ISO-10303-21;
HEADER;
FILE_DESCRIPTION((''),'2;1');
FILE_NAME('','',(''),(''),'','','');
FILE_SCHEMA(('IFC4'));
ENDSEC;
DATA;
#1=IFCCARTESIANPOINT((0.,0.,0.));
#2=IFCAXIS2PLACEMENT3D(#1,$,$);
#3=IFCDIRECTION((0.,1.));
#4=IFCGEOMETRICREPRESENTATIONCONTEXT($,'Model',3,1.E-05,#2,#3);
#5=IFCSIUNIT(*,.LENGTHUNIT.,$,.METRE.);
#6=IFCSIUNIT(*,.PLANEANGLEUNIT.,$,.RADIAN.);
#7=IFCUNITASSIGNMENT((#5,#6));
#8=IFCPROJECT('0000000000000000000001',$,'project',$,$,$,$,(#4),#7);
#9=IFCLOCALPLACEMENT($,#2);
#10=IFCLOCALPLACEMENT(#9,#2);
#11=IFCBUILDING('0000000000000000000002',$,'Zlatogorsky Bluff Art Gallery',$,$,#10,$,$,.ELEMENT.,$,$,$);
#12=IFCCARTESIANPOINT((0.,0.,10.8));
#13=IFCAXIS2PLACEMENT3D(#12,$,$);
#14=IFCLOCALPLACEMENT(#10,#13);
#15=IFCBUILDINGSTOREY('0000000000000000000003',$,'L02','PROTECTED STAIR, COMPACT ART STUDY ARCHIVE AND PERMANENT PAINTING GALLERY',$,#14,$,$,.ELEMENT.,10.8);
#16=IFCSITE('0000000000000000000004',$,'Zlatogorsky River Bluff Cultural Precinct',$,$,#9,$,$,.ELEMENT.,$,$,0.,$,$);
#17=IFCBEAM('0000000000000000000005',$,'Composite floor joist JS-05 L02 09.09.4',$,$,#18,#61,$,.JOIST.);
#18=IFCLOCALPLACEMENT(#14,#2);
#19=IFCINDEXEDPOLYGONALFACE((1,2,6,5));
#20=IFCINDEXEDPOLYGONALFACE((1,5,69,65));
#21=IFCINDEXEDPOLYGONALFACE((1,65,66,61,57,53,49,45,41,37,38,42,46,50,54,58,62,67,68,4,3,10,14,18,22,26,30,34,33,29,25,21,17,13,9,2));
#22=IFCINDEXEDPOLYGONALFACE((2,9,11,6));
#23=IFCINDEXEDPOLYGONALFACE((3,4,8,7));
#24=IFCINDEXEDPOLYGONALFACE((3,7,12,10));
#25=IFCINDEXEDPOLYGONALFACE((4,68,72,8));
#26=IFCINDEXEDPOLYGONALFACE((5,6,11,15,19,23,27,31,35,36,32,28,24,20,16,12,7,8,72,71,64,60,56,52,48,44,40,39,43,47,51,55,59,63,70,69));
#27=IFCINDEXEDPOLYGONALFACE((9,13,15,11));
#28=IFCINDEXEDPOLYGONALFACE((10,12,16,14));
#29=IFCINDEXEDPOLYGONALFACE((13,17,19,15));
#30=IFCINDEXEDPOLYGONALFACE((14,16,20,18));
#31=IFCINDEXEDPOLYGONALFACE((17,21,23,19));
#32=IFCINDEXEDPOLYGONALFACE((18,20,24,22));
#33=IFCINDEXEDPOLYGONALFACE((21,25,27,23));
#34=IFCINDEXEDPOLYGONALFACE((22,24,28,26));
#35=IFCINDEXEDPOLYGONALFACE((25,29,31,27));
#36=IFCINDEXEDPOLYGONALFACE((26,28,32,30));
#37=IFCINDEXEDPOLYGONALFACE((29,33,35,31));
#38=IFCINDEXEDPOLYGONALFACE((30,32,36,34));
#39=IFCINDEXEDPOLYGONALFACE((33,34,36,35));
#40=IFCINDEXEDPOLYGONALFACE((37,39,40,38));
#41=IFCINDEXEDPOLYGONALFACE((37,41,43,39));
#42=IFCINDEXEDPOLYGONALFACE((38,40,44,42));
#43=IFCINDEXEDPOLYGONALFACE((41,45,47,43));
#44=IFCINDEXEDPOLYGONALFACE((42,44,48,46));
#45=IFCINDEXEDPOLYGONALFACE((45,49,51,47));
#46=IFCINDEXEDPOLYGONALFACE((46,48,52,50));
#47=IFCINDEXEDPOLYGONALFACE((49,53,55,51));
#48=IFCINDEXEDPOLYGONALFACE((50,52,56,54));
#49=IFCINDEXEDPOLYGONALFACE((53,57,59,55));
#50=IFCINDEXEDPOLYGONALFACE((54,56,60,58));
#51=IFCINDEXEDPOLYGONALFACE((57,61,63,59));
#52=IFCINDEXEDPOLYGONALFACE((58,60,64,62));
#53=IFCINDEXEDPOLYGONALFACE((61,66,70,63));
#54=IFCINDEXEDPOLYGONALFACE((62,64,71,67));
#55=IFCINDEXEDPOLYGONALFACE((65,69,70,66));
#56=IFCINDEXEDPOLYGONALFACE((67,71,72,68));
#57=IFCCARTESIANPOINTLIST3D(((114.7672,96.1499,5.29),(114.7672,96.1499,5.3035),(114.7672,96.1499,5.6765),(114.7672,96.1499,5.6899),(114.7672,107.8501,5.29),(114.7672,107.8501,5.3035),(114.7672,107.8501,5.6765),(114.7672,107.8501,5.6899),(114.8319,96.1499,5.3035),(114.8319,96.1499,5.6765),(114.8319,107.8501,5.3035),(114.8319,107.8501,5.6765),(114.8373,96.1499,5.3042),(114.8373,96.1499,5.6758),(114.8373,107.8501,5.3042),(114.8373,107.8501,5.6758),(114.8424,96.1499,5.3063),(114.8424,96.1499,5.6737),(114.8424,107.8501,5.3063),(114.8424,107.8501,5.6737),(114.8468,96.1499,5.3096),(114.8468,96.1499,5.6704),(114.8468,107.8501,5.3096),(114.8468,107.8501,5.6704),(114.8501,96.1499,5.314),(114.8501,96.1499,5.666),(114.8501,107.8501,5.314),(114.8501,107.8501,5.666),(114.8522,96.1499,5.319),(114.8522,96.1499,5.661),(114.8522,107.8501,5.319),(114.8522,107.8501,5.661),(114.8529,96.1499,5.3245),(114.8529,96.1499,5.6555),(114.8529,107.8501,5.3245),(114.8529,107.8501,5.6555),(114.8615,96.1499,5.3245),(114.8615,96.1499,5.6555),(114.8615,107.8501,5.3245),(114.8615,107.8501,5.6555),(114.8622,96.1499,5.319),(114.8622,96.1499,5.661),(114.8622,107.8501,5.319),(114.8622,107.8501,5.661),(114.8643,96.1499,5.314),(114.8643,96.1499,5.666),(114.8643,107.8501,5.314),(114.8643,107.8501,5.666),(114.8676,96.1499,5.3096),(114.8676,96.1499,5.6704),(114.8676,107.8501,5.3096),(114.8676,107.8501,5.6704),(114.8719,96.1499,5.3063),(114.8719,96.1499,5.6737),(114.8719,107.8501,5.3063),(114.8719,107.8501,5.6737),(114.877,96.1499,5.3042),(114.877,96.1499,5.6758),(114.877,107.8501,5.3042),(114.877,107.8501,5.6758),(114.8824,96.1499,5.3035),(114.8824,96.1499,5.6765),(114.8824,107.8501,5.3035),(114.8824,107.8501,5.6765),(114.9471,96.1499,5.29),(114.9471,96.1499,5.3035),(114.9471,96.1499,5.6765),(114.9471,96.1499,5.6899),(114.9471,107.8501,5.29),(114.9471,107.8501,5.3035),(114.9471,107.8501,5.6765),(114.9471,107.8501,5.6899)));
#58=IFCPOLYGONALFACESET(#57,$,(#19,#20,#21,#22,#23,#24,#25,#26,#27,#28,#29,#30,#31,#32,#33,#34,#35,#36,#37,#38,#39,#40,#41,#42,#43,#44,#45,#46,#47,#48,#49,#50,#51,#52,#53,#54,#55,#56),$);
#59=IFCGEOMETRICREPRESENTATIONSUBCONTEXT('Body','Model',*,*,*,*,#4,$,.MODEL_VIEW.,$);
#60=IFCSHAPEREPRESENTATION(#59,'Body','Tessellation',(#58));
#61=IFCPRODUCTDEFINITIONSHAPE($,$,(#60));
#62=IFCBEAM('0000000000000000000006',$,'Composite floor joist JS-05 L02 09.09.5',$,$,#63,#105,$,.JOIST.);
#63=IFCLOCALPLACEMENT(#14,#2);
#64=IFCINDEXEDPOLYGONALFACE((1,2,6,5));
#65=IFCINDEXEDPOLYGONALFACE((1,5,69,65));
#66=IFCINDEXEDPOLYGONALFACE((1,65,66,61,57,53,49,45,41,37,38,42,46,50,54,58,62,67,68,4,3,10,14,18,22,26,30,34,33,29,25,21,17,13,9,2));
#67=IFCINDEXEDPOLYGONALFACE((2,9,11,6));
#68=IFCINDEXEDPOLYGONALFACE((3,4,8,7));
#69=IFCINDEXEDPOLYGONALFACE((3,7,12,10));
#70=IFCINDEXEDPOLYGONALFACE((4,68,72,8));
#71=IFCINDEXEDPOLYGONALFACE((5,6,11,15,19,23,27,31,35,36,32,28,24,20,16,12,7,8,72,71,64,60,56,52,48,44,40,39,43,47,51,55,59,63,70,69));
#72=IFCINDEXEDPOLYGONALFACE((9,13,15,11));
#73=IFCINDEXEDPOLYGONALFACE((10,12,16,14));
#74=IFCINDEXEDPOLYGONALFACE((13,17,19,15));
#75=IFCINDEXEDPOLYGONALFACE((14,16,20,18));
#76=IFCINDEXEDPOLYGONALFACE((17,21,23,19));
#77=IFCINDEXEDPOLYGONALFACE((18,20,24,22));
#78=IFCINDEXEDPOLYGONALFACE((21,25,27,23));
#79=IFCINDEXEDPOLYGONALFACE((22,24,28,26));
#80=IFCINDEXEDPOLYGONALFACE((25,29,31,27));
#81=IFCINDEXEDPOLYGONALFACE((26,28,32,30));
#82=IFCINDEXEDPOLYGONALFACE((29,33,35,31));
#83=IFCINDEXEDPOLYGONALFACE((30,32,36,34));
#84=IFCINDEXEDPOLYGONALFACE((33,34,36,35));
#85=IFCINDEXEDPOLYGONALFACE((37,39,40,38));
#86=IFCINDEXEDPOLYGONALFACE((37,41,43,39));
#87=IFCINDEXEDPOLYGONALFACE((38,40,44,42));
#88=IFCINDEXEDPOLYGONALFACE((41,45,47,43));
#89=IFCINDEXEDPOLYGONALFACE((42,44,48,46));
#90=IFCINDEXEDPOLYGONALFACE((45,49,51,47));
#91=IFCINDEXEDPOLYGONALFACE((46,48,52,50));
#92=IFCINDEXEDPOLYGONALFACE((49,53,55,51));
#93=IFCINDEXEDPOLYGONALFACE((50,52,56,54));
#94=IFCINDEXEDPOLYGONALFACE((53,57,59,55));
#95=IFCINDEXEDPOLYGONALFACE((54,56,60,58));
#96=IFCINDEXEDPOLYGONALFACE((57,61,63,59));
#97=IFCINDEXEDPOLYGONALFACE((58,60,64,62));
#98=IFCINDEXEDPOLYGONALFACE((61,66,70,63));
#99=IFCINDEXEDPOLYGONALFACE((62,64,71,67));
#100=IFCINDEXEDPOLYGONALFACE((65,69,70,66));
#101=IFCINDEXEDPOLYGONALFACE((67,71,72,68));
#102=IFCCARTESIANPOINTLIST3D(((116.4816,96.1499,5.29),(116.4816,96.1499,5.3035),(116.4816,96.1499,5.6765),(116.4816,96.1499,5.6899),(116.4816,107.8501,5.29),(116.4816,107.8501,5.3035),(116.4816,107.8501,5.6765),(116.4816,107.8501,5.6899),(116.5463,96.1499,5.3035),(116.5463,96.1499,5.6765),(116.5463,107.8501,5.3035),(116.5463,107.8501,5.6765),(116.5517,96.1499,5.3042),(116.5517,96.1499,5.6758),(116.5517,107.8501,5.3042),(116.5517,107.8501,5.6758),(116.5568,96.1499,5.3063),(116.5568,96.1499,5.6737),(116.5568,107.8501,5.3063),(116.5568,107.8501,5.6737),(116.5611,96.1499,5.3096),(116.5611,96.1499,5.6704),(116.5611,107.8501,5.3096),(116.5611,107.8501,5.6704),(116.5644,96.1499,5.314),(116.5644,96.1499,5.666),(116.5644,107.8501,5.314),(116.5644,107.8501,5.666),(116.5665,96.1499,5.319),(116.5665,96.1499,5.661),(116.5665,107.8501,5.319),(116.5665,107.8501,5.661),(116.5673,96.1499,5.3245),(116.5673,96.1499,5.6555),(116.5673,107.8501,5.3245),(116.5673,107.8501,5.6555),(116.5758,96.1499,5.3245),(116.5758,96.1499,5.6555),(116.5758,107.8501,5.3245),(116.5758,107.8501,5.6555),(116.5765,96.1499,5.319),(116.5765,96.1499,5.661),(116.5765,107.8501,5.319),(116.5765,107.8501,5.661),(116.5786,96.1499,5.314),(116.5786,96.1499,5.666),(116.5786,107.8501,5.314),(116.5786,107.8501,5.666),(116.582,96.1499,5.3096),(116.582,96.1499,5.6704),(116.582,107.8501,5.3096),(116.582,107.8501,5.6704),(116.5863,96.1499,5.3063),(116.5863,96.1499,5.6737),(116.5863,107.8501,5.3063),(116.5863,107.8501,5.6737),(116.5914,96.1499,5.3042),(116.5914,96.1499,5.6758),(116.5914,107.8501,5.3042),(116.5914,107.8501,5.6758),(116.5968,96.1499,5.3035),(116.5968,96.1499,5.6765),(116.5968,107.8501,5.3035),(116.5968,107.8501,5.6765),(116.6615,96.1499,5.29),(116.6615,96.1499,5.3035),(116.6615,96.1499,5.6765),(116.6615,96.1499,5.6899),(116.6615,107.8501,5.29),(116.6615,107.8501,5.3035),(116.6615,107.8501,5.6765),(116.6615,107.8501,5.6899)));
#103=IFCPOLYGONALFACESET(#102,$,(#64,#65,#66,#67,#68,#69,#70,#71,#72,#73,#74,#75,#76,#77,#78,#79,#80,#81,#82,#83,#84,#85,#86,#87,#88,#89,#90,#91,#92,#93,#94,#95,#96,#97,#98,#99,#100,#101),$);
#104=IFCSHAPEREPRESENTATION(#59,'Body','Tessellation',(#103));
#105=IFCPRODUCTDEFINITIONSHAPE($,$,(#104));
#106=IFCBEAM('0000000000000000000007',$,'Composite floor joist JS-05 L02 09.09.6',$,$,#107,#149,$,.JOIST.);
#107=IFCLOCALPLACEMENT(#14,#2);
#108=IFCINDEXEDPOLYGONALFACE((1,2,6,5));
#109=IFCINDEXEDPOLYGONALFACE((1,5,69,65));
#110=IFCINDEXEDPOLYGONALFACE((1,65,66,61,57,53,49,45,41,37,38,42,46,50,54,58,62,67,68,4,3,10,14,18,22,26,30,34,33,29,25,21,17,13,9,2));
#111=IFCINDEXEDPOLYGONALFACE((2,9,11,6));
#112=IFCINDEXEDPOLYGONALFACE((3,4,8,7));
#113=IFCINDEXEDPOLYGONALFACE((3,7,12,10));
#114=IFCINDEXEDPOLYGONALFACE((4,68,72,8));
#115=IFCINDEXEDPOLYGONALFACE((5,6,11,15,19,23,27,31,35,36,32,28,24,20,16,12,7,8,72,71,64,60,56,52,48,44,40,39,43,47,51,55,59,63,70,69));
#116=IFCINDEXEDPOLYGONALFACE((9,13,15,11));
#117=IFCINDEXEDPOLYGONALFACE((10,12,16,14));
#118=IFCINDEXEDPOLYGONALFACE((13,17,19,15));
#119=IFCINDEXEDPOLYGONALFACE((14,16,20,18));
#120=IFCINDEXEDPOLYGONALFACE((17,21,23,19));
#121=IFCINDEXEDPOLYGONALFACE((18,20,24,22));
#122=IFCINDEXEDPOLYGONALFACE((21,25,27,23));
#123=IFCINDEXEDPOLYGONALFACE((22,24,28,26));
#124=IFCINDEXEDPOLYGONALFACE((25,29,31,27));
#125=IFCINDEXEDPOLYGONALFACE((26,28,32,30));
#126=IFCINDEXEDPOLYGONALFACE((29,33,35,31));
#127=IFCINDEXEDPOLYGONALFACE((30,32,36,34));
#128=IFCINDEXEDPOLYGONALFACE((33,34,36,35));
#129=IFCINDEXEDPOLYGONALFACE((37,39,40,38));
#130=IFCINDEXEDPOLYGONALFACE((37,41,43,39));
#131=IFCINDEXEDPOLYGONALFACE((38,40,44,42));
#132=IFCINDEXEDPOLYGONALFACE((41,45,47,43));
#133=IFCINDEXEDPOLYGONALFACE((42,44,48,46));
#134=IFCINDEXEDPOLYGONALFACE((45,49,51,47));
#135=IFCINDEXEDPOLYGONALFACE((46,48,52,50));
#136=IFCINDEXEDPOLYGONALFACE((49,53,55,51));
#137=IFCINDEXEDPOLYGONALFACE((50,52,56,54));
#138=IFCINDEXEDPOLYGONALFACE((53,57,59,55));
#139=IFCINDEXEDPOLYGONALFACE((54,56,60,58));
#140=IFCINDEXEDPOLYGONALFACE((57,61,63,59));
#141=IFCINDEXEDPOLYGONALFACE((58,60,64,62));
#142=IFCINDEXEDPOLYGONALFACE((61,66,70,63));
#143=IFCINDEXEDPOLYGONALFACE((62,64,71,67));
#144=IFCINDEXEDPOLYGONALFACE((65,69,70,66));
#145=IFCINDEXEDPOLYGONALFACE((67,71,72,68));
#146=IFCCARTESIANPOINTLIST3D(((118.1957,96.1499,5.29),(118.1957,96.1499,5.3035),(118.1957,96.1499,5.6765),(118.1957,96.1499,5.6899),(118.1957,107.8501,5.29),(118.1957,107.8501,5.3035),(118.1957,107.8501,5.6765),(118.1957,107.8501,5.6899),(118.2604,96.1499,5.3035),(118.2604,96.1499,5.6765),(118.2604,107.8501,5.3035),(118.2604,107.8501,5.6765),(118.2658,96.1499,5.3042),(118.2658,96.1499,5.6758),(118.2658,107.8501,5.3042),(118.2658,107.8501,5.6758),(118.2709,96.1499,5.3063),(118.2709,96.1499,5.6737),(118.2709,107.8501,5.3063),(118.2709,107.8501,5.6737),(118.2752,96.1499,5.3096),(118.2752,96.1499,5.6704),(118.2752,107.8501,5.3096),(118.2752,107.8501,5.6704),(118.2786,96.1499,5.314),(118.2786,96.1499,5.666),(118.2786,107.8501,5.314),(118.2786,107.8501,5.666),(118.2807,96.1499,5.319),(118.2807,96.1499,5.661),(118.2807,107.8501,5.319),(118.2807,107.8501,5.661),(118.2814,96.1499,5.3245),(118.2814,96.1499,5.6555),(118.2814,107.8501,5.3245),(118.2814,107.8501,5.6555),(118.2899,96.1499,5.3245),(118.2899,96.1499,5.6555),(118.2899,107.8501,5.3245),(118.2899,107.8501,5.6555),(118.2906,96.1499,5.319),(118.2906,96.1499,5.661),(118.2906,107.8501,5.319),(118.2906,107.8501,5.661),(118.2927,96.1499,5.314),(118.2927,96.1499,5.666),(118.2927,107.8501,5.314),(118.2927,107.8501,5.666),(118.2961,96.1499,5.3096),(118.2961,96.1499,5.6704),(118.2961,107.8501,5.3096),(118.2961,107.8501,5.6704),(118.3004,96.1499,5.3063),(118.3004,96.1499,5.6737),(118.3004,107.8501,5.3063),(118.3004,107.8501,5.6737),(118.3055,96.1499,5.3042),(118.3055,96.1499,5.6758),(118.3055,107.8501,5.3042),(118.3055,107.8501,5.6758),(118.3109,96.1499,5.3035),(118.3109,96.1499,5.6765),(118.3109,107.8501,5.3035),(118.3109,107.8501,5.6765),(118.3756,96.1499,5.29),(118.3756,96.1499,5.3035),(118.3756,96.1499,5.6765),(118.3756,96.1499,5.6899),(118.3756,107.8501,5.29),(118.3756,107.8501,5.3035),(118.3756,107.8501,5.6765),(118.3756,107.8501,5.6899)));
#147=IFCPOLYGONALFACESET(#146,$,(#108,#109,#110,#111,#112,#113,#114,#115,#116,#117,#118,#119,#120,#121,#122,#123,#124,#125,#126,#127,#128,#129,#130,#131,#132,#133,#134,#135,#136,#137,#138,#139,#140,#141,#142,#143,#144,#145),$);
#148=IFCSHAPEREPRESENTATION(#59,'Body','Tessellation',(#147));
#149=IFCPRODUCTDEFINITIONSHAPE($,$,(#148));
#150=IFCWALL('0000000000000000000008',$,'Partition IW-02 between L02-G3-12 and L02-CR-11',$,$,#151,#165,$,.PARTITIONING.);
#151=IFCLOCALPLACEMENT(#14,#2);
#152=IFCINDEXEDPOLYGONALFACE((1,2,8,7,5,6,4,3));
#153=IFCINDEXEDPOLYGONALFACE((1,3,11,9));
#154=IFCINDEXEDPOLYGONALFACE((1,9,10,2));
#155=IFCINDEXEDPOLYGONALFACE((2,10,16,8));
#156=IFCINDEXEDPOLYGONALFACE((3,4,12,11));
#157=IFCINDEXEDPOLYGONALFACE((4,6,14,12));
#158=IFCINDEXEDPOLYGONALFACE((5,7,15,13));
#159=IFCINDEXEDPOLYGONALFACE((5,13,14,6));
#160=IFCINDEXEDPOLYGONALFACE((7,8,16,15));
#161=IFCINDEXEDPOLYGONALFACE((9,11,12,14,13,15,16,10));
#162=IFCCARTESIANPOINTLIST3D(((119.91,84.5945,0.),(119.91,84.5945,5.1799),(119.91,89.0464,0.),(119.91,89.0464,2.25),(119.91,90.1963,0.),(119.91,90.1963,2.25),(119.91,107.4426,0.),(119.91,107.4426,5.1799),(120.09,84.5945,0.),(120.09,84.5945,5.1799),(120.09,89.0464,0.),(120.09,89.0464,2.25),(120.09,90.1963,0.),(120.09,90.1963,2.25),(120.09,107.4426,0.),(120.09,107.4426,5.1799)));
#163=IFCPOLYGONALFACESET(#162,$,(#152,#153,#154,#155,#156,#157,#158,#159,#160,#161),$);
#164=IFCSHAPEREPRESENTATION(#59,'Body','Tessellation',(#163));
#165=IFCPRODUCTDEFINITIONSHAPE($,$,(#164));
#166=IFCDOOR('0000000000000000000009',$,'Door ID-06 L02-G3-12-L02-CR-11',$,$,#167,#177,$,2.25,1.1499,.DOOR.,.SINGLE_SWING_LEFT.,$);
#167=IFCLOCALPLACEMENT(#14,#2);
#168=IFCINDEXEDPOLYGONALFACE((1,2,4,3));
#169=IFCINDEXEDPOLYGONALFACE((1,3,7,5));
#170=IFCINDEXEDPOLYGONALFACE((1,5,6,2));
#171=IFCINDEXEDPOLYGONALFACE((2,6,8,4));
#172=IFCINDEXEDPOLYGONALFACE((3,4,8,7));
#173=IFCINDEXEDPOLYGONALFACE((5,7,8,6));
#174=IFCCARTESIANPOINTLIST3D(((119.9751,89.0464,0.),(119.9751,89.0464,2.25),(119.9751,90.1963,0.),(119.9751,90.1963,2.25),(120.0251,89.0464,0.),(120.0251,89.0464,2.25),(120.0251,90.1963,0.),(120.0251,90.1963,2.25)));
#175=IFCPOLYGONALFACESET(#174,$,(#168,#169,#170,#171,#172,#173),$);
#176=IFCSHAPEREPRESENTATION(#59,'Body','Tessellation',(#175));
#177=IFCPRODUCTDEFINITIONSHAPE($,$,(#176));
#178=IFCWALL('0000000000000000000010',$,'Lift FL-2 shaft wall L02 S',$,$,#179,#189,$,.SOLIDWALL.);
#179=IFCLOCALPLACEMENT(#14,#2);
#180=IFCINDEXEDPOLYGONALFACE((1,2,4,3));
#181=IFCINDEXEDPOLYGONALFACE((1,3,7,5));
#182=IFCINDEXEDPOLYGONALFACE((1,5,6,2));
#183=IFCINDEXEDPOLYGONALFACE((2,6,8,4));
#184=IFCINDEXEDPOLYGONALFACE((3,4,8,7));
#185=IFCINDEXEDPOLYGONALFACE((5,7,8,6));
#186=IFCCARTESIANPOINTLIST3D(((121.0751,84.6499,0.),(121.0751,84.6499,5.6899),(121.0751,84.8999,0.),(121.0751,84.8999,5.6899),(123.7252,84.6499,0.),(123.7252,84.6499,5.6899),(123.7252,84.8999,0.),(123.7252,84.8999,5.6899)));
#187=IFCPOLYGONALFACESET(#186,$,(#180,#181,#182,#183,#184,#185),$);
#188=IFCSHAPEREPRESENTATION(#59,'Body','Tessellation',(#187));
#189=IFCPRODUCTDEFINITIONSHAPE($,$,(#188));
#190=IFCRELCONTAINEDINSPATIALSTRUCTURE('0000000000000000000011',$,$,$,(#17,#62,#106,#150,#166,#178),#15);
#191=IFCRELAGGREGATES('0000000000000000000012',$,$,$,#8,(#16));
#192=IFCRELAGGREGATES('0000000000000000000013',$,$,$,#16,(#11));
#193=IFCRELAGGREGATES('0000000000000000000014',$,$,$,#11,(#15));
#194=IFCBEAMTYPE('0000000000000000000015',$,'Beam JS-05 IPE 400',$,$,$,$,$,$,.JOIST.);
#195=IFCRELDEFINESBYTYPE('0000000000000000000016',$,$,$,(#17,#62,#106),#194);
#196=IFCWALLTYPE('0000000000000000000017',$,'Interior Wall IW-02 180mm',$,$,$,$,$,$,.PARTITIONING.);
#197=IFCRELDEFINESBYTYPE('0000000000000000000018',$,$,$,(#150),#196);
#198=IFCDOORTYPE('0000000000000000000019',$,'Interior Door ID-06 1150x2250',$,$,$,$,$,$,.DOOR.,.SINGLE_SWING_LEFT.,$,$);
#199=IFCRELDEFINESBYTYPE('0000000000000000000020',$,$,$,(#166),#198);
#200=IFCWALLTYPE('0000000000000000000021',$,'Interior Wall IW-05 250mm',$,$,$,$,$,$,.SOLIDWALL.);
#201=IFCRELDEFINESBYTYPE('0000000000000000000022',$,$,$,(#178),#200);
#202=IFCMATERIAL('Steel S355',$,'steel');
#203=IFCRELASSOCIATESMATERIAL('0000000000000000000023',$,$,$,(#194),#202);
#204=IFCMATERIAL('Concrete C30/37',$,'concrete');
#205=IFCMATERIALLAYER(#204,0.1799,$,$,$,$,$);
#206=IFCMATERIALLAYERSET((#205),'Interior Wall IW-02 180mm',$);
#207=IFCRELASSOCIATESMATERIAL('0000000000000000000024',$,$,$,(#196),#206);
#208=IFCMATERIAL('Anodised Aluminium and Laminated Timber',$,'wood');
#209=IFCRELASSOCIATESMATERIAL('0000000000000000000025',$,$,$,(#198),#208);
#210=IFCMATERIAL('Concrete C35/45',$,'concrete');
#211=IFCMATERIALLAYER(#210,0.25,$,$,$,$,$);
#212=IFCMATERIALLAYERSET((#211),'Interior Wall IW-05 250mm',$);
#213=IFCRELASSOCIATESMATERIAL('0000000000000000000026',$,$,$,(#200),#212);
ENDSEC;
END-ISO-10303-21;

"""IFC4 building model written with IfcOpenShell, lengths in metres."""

from ifc_helpers import new_model, si_unit, direction, frame, frame_2d, origin, origin_2d, place, context, subcontext, project, spatial, rectangle, i_section, extrude, material, layer, layer_set, material_profile, profile_set, type_object, element, fill, save


model = new_model("IFC4")

# Units and contexts
model_context = context("Model", 3, precision=1e-05, world=origin(), true_north=direction((0.0, 1.0)))
body_context = subcontext(model_context, "Body", "Model", "MODEL_VIEW")
ifc_project = project(units=[si_unit("LENGTHUNIT", "METRE"), si_unit("PLANEANGLEUNIT", "RADIAN")], contexts=[model_context])

# Site, building, storey
site_placement = place(None, origin())
site = spatial("IfcSite", under=ifc_project, at=site_placement, Name="Zlatogorsky River Bluff Cultural Precinct", CompositionType="ELEMENT", RefElevation=0.0)
building_placement = place(site_placement, origin())
building = spatial("IfcBuilding", under=site, at=building_placement, Name="Zlatogorsky Bluff Art Gallery", CompositionType="ELEMENT")
storey_placement = place(building_placement, frame((0.0, 0.0, 10.8)))
storey = spatial("IfcBuildingStorey", under=building, at=storey_placement, Name="L02", Description="PROTECTED STAIR, COMPACT ART STUDY ARCHIVE AND PERMANENT PAINTING GALLERY", CompositionType="ELEMENT", Elevation=10.8)

# Shared definitions
ifc_material_1 = material(Name="Steel S355", Category="steel")

# Beams
ifc_material_profile_1 = material_profile(ifc_material_1, i_section(OverallWidth=0.1799, OverallDepth=0.3999, WebThickness=0.0085, FlangeThickness=0.0134, FilletRadius=0.021, at=origin_2d()), Name="IPE 400")
ifc_profile_set_1 = profile_set([ifc_material_profile_1], Name="Steel S355")
beam_type_1 = type_object("IfcBeamType", Name="Beam JS-05 IPE 400", PredefinedType="JOIST", material=ifc_profile_set_1)
for number, where, z_axis, x_axis, name in (
    (1, (114.8572, 96.1499, 5.49), (0.0, 1.0, 0.0), (-1.0, 0.0, 0.0), "Composite floor joist JS-05 L02 09.09.4"),
    (2, (116.5715, 96.1499, 5.49), (0.0, 1.0, 0.0), (-1.0, 0.0, 0.0), "Composite floor joist JS-05 L02 09.09.5"),
    (3, (118.2856, 96.1499, 5.49), (0.0, 1.0, 0.0), (-1.0, 0.0, 0.0), "Composite floor joist JS-05 L02 09.09.6"),
):
    element("IfcBeam", number, at=place(storey_placement, frame(where, z_axis=z_axis, x_axis=x_axis)), inside=storey, type_object=beam_type_1, Name=name, PredefinedType="JOIST", context=body_context, shape_type="SweptSolid", body=[
        extrude(i_section(OverallWidth=0.1799, OverallDepth=0.3999, WebThickness=0.0085, FlangeThickness=0.0134, FilletRadius=0.021, at=origin_2d()), origin(), (0.0, 0.0, 1.0), 11.7002),
    ])

# Wall, opening, door
ifc_material_2 = material(Name="Concrete C30/37", Category="concrete")
ifc_layer_1 = layer(ifc_material_2, 0.1799)
ifc_layer_set_1 = layer_set([ifc_layer_1], Name="Interior Wall IW-02 180mm")
wall_type_1 = type_object("IfcWallType", Name="Interior Wall IW-02 180mm", PredefinedType="PARTITIONING", material=ifc_layer_set_1)
wall_1_placement = place(storey_placement, frame((120.0, 84.5945, 0.0), z_axis=(0.0, 0.0, 1.0), x_axis=(0.0, 1.0, 0.0)))
wall_1 = element("IfcWall", 4, at=wall_1_placement, inside=storey, type_object=wall_type_1, Name="Partition IW-02 between L02-G3-12 and L02-CR-11", PredefinedType="PARTITIONING", context=body_context, shape_type="SweptSolid", body=[
    extrude(rectangle(XDim=22.8481, YDim=0.1799, at=frame_2d((11.4241, 0.0))), origin(), (0.0, 0.0, 1.0), 5.1799),
])
opening_1_placement = place(wall_1_placement, frame((4.4519, 0.0, 0.0)))
opening_1 = element("IfcOpeningElement", 5, at=opening_1_placement, cuts=wall_1, PredefinedType="OPENING", context=body_context, shape_type="SweptSolid", body=[
    extrude(rectangle(XDim=1.1499, YDim=2.25, at=frame_2d((0.575, 1.125))), frame((0.0, 0.0999, 0.0), z_axis=(0.0, -1.0, 0.0), x_axis=(1.0, 0.0, 0.0)), (0.0, 0.0, 1.0), 0.2),
])
ifc_material_3 = material(Name="Anodised Aluminium and Laminated Timber", Category="wood")
door_type_1 = type_object("IfcDoorType", Name="Interior Door ID-06 1150x2250", OperationType="SINGLE_SWING_LEFT", PredefinedType="DOOR", material=ifc_material_3)
door_1_placement = place(opening_1_placement, origin())
door_1 = element("IfcDoor", 6, at=door_1_placement, inside=storey, type_object=door_type_1, Name="Door ID-06 L02-G3-12-L02-CR-11", OperationType="SINGLE_SWING_LEFT", OverallHeight=2.25, OverallWidth=1.1499, PredefinedType="DOOR", context=body_context, shape_type="SweptSolid", body=[
    extrude(rectangle(XDim=1.1499, YDim=2.25, at=frame_2d((0.575, 1.125))), frame((0.0, 0.0249, 0.0), z_axis=(0.0, -1.0, 0.0), x_axis=(1.0, 0.0, 0.0)), (0.0, 0.0, 1.0), 0.05),
])
fill(opening_1, door_1)

# Wall
ifc_material_4 = material(Name="Concrete C35/45", Category="concrete")
ifc_layer_2 = layer(ifc_material_4, 0.25)
ifc_layer_set_2 = layer_set([ifc_layer_2], Name="Interior Wall IW-05 250mm")
wall_type_2 = type_object("IfcWallType", Name="Interior Wall IW-05 250mm", PredefinedType="SOLIDWALL", material=ifc_layer_set_2)
wall_2_placement = place(storey_placement, frame((121.075, 84.7749, 0.0), z_axis=(0.0, 0.0, 1.0), x_axis=(1.0, 0.0, 0.0)))
element("IfcWall", 7, at=wall_2_placement, inside=storey, type_object=wall_type_2, Name="Lift FL-2 shaft wall L02 S", PredefinedType="SOLIDWALL", context=body_context, shape_type="SweptSolid", body=[
    extrude(rectangle(XDim=2.6501, YDim=0.25, at=frame_2d((1.3252, 0.0))), origin(), (0.0, 0.0, 1.0), 5.6899),
])

save(model, "model.ifc")
